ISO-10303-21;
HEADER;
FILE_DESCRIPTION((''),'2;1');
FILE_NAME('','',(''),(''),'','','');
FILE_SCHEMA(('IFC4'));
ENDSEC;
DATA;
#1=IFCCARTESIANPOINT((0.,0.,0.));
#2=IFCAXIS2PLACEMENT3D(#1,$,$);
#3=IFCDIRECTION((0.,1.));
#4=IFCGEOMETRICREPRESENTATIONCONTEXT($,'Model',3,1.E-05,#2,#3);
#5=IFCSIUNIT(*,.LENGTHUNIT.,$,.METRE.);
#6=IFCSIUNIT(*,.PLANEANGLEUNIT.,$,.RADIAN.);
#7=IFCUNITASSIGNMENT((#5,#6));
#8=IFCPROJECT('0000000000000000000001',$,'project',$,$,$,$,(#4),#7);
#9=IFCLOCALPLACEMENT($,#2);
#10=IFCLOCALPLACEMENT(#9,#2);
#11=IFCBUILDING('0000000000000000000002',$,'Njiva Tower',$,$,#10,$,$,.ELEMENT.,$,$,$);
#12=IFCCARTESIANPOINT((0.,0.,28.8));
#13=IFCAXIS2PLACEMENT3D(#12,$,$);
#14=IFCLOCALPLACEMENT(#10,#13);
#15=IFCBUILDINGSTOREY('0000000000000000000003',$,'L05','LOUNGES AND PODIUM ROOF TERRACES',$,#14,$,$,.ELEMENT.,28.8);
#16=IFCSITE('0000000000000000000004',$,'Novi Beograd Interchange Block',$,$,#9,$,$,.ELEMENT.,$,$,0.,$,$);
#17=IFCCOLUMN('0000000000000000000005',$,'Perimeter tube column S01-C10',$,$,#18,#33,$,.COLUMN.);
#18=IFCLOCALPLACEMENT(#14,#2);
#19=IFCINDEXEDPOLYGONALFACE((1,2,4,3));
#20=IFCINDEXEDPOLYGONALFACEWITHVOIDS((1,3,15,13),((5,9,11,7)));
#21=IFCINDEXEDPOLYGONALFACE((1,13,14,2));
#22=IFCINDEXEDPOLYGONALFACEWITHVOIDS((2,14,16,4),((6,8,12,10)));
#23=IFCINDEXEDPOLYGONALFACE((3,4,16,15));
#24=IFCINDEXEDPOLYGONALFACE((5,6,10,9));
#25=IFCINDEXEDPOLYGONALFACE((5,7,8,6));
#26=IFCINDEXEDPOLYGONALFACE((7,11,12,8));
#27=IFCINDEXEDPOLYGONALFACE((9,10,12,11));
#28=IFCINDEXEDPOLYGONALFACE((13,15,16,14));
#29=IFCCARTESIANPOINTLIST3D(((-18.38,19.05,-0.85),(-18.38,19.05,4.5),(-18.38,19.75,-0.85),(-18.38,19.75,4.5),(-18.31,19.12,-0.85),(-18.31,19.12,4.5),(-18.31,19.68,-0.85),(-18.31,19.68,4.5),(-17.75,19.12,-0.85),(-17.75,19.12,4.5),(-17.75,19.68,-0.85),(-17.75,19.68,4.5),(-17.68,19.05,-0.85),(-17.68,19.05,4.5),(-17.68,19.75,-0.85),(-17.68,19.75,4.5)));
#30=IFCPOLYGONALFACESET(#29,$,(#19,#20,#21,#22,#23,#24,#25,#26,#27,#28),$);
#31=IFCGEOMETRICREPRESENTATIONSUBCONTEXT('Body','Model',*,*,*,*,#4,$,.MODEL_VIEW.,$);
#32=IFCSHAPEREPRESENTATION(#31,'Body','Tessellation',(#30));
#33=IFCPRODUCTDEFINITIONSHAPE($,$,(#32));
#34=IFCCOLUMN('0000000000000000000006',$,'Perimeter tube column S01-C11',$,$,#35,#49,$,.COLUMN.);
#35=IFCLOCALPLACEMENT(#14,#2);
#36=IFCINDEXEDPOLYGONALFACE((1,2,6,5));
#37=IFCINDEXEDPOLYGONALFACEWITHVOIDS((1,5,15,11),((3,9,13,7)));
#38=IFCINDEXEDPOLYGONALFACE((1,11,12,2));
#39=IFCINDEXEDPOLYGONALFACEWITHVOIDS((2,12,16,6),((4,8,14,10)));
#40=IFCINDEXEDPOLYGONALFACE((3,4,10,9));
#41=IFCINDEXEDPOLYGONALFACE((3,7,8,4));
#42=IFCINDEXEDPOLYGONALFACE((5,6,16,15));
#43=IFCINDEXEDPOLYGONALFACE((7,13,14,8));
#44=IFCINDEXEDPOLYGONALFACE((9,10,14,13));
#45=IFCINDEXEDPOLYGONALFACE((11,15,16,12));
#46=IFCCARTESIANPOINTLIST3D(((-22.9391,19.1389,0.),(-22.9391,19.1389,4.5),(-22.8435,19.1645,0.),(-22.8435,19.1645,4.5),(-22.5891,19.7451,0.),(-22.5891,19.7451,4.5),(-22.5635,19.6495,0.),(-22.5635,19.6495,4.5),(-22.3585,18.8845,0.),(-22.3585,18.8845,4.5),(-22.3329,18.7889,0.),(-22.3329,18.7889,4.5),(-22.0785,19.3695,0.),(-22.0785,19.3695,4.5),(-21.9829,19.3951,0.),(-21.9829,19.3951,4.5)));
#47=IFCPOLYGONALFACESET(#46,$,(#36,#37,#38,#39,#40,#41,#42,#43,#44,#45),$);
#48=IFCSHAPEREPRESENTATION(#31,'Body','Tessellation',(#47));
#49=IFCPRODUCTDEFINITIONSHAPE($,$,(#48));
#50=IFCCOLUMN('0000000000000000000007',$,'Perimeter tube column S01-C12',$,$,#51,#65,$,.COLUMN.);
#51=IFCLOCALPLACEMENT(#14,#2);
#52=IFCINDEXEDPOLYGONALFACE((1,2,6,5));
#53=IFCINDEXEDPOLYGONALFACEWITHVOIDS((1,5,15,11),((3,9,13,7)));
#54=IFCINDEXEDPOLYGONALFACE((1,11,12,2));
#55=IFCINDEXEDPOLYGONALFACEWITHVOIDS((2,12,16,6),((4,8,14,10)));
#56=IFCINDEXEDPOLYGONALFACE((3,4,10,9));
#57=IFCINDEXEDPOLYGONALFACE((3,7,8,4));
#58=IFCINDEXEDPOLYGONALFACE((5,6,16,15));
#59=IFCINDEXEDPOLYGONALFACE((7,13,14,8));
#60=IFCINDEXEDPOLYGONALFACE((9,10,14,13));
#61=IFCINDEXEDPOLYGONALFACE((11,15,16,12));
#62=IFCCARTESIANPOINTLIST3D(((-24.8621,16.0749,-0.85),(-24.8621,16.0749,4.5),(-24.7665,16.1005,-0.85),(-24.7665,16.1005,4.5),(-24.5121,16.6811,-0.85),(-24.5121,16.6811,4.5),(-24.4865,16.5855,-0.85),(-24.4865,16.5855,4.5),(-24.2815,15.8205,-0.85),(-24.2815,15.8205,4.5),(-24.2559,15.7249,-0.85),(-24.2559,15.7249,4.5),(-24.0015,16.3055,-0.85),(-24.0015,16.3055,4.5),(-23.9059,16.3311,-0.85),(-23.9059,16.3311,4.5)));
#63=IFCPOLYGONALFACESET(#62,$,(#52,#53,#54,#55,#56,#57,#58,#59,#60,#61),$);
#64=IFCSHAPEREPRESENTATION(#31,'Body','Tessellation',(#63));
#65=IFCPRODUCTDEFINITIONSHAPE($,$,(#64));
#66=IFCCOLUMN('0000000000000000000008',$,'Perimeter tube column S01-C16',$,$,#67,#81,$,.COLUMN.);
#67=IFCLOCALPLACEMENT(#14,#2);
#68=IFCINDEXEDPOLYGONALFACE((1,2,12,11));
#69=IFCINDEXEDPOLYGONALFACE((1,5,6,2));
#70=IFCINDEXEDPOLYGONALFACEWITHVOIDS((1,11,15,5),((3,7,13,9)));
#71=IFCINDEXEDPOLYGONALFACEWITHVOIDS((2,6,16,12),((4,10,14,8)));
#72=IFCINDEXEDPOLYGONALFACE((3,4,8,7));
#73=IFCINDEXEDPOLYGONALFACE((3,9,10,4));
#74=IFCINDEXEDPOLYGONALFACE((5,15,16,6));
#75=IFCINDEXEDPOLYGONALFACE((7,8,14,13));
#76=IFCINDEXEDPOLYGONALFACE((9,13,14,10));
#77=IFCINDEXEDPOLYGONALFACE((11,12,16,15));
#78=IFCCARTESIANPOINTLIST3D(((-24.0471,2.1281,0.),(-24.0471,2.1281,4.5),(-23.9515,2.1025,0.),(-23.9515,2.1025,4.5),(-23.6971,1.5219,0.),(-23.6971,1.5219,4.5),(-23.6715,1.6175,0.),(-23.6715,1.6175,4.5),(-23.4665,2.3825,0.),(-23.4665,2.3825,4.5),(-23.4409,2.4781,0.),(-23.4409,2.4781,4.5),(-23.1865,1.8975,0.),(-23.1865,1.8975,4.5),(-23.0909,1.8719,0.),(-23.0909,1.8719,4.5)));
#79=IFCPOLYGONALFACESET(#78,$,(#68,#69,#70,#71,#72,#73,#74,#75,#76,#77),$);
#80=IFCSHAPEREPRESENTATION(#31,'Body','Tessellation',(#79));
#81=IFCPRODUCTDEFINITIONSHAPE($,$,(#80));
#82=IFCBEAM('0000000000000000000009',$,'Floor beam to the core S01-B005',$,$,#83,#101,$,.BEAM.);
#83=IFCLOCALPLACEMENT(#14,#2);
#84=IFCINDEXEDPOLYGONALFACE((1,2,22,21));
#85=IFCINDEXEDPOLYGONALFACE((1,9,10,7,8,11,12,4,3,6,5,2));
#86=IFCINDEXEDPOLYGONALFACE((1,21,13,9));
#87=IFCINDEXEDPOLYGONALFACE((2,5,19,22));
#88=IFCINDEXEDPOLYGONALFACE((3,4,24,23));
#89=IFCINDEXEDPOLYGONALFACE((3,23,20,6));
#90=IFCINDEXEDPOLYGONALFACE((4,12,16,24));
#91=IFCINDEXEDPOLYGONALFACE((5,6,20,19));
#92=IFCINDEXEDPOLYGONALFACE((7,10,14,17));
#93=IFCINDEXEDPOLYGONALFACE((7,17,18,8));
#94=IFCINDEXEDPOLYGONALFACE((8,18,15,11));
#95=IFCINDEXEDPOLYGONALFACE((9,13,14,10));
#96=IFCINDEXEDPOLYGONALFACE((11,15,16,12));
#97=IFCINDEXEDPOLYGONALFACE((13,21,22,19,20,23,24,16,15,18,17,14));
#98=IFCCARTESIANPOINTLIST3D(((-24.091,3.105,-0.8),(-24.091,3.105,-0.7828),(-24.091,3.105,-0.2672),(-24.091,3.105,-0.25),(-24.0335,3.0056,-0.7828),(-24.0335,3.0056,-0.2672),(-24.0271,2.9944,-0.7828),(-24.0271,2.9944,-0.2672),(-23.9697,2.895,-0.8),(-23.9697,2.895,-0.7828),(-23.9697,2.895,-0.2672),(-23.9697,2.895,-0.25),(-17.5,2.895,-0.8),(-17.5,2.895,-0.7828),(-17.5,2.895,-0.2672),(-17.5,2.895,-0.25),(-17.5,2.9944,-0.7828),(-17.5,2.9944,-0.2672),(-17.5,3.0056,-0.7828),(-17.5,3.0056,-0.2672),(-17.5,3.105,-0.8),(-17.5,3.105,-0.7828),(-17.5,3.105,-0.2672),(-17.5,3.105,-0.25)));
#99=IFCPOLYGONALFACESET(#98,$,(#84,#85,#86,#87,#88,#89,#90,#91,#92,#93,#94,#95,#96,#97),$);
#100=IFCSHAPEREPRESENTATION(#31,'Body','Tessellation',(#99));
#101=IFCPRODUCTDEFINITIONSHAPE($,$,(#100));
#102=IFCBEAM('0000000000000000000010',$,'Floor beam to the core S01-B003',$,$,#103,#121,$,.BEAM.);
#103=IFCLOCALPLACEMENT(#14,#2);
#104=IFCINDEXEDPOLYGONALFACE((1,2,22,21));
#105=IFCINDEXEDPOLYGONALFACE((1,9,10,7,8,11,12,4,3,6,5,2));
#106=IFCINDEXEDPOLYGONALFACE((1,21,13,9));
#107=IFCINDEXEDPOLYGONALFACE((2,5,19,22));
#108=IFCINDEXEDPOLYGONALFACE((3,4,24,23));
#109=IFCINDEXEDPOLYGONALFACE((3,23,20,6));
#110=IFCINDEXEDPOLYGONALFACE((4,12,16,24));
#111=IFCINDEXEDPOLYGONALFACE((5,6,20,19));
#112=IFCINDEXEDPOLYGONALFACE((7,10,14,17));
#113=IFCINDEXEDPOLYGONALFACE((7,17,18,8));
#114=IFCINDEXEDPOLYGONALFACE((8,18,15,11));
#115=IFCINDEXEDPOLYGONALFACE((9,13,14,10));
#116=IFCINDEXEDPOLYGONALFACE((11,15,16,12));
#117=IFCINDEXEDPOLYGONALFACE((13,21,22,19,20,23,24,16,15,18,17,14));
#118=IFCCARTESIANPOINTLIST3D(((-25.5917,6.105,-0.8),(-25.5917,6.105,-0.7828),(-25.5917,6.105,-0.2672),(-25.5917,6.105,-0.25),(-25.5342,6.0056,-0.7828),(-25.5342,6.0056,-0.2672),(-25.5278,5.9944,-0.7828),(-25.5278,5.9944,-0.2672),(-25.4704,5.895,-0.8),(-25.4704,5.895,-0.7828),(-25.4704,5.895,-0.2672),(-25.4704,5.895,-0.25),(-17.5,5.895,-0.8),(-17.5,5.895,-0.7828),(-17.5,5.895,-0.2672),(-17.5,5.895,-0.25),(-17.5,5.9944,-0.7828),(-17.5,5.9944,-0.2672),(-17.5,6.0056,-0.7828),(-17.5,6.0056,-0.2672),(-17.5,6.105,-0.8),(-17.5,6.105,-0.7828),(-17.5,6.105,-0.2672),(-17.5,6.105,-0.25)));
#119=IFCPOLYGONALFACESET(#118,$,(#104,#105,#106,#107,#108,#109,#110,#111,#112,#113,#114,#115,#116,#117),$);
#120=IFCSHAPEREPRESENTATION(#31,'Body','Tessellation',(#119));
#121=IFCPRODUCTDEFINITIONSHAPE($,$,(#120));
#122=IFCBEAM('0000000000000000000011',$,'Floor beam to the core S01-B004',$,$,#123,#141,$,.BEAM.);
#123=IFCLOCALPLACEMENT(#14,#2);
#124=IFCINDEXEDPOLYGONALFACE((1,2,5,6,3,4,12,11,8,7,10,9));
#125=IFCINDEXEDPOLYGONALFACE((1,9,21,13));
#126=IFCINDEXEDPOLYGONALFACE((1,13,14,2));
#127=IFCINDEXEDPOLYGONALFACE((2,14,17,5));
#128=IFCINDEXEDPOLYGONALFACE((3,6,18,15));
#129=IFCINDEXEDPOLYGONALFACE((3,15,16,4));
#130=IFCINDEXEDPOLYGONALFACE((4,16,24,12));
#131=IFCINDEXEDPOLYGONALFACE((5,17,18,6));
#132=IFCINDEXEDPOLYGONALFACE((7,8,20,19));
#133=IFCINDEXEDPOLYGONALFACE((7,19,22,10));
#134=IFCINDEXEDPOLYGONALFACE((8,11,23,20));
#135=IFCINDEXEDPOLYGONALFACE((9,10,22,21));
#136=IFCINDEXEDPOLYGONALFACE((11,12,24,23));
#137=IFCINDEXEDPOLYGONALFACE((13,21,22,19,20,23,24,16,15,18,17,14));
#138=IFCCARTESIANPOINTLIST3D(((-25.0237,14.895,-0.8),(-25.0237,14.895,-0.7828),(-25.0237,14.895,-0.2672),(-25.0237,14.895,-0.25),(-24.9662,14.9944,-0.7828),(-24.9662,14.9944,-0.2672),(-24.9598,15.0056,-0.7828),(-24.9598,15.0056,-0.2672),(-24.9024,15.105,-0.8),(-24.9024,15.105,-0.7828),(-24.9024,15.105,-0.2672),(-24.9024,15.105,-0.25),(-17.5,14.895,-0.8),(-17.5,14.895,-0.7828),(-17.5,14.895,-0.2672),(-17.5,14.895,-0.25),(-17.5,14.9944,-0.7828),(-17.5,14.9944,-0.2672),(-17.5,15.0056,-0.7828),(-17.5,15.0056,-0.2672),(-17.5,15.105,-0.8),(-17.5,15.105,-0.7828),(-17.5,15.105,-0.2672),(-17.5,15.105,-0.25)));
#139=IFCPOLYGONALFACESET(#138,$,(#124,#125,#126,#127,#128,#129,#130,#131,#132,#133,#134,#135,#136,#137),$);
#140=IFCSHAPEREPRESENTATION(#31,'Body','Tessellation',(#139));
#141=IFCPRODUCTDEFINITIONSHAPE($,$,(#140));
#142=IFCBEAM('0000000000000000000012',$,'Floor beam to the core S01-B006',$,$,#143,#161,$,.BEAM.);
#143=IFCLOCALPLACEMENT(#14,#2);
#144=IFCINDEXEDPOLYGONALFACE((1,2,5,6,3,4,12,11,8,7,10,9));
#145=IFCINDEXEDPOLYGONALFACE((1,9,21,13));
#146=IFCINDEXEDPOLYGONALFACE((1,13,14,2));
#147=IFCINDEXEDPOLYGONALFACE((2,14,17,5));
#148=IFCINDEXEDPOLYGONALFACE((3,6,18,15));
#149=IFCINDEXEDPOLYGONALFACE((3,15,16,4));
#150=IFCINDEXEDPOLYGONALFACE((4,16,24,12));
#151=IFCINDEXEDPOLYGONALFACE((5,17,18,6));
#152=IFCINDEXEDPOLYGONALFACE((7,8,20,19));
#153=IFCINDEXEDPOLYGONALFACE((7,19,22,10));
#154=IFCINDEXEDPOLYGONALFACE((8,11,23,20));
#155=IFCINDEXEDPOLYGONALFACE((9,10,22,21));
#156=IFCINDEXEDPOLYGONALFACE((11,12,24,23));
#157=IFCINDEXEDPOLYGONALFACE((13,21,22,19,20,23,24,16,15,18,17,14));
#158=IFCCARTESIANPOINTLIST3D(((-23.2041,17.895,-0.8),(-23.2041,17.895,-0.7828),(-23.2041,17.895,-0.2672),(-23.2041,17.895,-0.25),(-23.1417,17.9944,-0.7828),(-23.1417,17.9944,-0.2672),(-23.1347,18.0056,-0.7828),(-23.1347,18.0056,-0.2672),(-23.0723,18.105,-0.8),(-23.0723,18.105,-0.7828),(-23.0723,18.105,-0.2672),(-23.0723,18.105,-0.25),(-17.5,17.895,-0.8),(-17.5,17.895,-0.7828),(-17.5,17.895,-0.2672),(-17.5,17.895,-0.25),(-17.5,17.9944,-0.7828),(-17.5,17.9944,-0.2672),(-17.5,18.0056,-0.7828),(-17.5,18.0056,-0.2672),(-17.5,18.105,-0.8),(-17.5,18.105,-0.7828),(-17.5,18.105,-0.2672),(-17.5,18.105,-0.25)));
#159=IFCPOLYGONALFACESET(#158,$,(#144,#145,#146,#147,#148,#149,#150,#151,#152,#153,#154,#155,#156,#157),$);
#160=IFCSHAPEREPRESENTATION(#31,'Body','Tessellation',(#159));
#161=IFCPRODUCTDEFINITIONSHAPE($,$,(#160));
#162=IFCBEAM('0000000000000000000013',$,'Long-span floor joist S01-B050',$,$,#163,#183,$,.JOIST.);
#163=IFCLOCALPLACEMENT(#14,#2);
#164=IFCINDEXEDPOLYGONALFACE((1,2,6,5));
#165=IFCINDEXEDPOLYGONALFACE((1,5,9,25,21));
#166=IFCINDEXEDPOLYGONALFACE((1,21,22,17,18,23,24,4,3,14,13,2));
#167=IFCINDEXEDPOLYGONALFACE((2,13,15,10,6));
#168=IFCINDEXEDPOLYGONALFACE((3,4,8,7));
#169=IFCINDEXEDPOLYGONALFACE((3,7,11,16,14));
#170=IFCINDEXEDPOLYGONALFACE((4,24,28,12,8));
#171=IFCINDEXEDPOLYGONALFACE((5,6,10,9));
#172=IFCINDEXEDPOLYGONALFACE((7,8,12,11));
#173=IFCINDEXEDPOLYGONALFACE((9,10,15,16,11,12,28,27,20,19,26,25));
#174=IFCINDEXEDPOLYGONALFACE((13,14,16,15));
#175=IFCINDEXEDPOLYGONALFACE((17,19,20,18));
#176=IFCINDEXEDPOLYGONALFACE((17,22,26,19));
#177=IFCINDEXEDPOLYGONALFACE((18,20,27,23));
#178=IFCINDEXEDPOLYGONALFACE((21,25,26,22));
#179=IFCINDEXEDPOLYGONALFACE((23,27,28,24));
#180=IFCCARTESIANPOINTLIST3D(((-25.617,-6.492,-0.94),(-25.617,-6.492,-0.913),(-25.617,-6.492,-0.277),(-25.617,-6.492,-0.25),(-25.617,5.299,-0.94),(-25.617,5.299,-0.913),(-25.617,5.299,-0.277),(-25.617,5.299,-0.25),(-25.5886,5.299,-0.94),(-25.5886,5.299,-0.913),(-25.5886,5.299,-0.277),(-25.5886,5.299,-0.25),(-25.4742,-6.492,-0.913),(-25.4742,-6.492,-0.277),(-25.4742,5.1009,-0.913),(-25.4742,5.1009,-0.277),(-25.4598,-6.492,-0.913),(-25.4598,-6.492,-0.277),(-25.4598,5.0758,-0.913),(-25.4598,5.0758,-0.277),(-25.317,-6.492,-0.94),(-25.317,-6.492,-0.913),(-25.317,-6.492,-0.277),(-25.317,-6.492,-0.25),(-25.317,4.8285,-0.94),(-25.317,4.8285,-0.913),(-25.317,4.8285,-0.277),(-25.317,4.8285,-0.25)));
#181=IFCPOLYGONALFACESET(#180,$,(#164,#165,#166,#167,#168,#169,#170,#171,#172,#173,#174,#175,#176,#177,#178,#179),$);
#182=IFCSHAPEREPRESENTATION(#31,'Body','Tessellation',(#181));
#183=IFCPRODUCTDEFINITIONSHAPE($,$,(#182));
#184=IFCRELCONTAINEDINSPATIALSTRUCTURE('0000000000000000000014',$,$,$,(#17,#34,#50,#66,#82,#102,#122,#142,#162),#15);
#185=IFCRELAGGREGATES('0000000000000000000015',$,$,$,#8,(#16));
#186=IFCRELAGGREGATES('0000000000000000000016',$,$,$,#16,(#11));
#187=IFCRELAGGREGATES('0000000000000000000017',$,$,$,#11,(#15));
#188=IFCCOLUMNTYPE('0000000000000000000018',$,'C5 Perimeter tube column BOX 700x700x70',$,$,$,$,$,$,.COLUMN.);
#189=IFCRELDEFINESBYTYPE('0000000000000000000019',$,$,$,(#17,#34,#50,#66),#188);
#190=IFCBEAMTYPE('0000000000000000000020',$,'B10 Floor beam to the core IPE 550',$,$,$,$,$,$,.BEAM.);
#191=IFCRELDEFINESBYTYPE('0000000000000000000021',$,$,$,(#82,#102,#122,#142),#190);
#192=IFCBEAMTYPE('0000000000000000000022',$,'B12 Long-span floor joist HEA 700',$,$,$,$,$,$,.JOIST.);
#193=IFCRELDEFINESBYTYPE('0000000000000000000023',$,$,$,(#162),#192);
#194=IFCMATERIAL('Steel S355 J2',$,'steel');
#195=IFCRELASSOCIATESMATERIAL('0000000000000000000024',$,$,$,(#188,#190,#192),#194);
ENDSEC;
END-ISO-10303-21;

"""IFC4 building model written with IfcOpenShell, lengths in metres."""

from ifc_helpers import new_model, si_unit, direction, frame, origin, origin_2d, place, context, subcontext, project, spatial, hollow_rectangle, i_section, extrude, clip, halfspace, material, material_profile, profile_set, type_object, element, save


model = new_model("IFC4")

# Units and contexts
model_context = context("Model", 3, precision=1e-05, world=origin(), true_north=direction((0.0, 1.0)))
body_context = subcontext(model_context, "Body", "Model", "MODEL_VIEW")
ifc_project = project(units=[si_unit("LENGTHUNIT", "METRE"), si_unit("PLANEANGLEUNIT", "RADIAN")], contexts=[model_context])

# Site, building, storey
site_placement = place(None, origin())
site = spatial("IfcSite", under=ifc_project, at=site_placement, Name="Novi Beograd Interchange Block", CompositionType="ELEMENT", RefElevation=0.0)
building_placement = place(site_placement, origin())
building = spatial("IfcBuilding", under=site, at=building_placement, Name="Njiva Tower", CompositionType="ELEMENT")
storey_placement = place(building_placement, frame((0.0, 0.0, 28.8)))
storey = spatial("IfcBuildingStorey", under=building, at=storey_placement, Name="L05", Description="LOUNGES AND PODIUM ROOF TERRACES", CompositionType="ELEMENT", Elevation=28.8)

# Columns
ifc_material_1 = material(Name="Steel S355 J2", Category="steel")
ifc_material_profile_1 = material_profile(ifc_material_1, hollow_rectangle(XDim=0.7, YDim=0.7, WallThickness=0.07, at=origin_2d()), Name="BOX 700x700x70")
ifc_profile_set_1 = profile_set([ifc_material_profile_1], Name="Steel S355 J2")
column_type = type_object("IfcColumnType", Name="C5 Perimeter tube column BOX 700x700x70", PredefinedType="COLUMN", material=ifc_profile_set_1)
column_1_placement = place(storey_placement, frame((-18.03, 19.4, -0.85), z_axis=(0.0, 0.0, 1.0), x_axis=(-1.0, 0.0, 0.0)))
element("IfcColumn", 1, at=column_1_placement, inside=storey, type_object=column_type, Name="Perimeter tube column S01-C10", PredefinedType="COLUMN", context=body_context, shape_type="SweptSolid", body=[
    extrude(hollow_rectangle(XDim=0.7, YDim=0.7, WallThickness=0.07, at=origin_2d()), origin(), (0.0, 0.0, 1.0), 5.35),
])
column_2_placement = place(storey_placement, frame((-22.461, 19.267, 0.0), z_axis=(0.0, 0.0, 1.0), x_axis=(-0.5, -0.866025, 0.0)))
element("IfcColumn", 2, at=column_2_placement, inside=storey, type_object=column_type, Name="Perimeter tube column S01-C11", PredefinedType="COLUMN", context=body_context, shape_type="SweptSolid", body=[
    extrude(hollow_rectangle(XDim=0.7, YDim=0.7, WallThickness=0.07, at=origin_2d()), origin(), (0.0, 0.0, 1.0), 4.5),
])
column_3_placement = place(storey_placement, frame((-24.384, 16.203, -0.85), z_axis=(0.0, 0.0, 1.0), x_axis=(-0.5, -0.866025, 0.0)))
element("IfcColumn", 3, at=column_3_placement, inside=storey, type_object=column_type, Name="Perimeter tube column S01-C12", PredefinedType="COLUMN", context=body_context, shape_type="SweptSolid", body=[
    extrude(hollow_rectangle(XDim=0.7, YDim=0.7, WallThickness=0.07, at=origin_2d()), origin(), (0.0, 0.0, 1.0), 5.35),
])
column_4_placement = place(storey_placement, frame((-23.569, 2.0, 0.0), z_axis=(0.0, 0.0, 1.0), x_axis=(0.5, -0.866025, 0.0)))
element("IfcColumn", 4, at=column_4_placement, inside=storey, type_object=column_type, Name="Perimeter tube column S01-C16", PredefinedType="COLUMN", context=body_context, shape_type="SweptSolid", body=[
    extrude(hollow_rectangle(XDim=0.7, YDim=0.7, WallThickness=0.07, at=origin_2d()), origin(), (0.0, 0.0, 1.0), 4.5),
])

# Beams
ifc_material_profile_2 = material_profile(ifc_material_1, i_section(OverallWidth=0.21, OverallDepth=0.55, WebThickness=0.0111, FlangeThickness=0.0172, at=origin_2d()), Name="IPE 550")
ifc_profile_set_2 = profile_set([ifc_material_profile_2], Name="Steel S355 J2")
beam_type_1 = type_object("IfcBeamType", Name="B10 Floor beam to the core IPE 550", PredefinedType="BEAM", material=ifc_profile_set_2)
beam_1_placement = place(storey_placement, frame((-24.111, 3.0, -0.525), z_axis=(1.0, 0.0, 0.0), x_axis=(0.0, 1.0, 0.0)))
element("IfcBeam", 5, at=beam_1_placement, inside=storey, type_object=beam_type_1, Name="Floor beam to the core S01-B005", PredefinedType="BEAM", context=body_context, shape_type="Clipping", body=[
    clip(extrude(i_section(OverallWidth=0.21, OverallDepth=0.55, WebThickness=0.0111, FlangeThickness=0.0172, at=origin_2d()), origin(), (0.0, 0.0, 1.0), 6.611), halfspace(frame((-0.025, 0.0, 0.0951), z_axis=(-0.499998, 0.0, -0.866027), x_axis=(0.0, -1.0, 0.0)), False)),
])
beam_2_placement = place(storey_placement, frame((-25.612, 6.0, -0.525), z_axis=(1.0, 0.0, 0.0), x_axis=(0.0, 1.0, 0.0)))
element("IfcBeam", 6, at=beam_2_placement, inside=storey, type_object=beam_type_1, Name="Floor beam to the core S01-B003", PredefinedType="BEAM", context=body_context, shape_type="Clipping", body=[
    clip(extrude(i_section(OverallWidth=0.21, OverallDepth=0.55, WebThickness=0.0111, FlangeThickness=0.0172, at=origin_2d()), origin(), (0.0, 0.0, 1.0), 8.112), halfspace(frame((-0.025, 0.0, 0.0954), z_axis=(-0.499998, 0.0, -0.866027), x_axis=(0.0, -1.0, 0.0)), False)),
])
beam_3_placement = place(storey_placement, frame((-25.044, 15.0, -0.525), z_axis=(1.0, 0.0, 0.0), x_axis=(0.0, 1.0, 0.0)))
element("IfcBeam", 7, at=beam_3_placement, inside=storey, type_object=beam_type_1, Name="Floor beam to the core S01-B004", PredefinedType="BEAM", context=body_context, shape_type="Clipping", body=[
    clip(extrude(i_section(OverallWidth=0.21, OverallDepth=0.55, WebThickness=0.0111, FlangeThickness=0.0172, at=origin_2d()), origin(), (0.0, 0.0, 1.0), 7.544), halfspace(frame((0.025, 0.0, 0.0954), z_axis=(0.499998, 0.0, -0.866027), x_axis=(0.0, -1.0, 0.0)), False)),
])
beam_4_placement = place(storey_placement, frame((-23.224, 18.0, -0.525), z_axis=(1.0, 0.0, 0.0), x_axis=(0.0, 1.0, 0.0)))
element("IfcBeam", 8, at=beam_4_placement, inside=storey, type_object=beam_type_1, Name="Floor beam to the core S01-B006", PredefinedType="BEAM", context=body_context, shape_type="Clipping", body=[
    clip(extrude(i_section(OverallWidth=0.21, OverallDepth=0.55, WebThickness=0.0111, FlangeThickness=0.0172, at=origin_2d()), origin(), (0.0, 0.0, 1.0), 5.724), halfspace(frame((0.0266, 0.0, 0.1025), z_axis=(0.53153, 0.0, -0.84704), x_axis=(0.0, -1.0, 0.0)), False)),
])
ifc_material_profile_3 = material_profile(ifc_material_1, i_section(OverallWidth=0.3, OverallDepth=0.69, WebThickness=0.0145, FlangeThickness=0.027, at=origin_2d()), Name="HEA 700")
ifc_profile_set_3 = profile_set([ifc_material_profile_3], Name="Steel S355 J2")
beam_type_2 = type_object("IfcBeamType", Name="B12 Long-span floor joist HEA 700", PredefinedType="JOIST", material=ifc_profile_set_3)
beam_5_placement = place(storey_placement, frame((-25.467, 5.299, -0.595), z_axis=(0.0, -1.0, 0.0), x_axis=(1.0, 0.0, 0.0)))
element("IfcBeam", 9, at=beam_5_placement, inside=storey, type_object=beam_type_2, Name="Long-span floor joist S01-B050", PredefinedType="JOIST", context=body_context, shape_type="Clipping", body=[
    clip(extrude(i_section(OverallWidth=0.3, OverallDepth=0.69, WebThickness=0.0145, FlangeThickness=0.027, at=origin_2d()), origin(), (0.0, 0.0, 1.0), 11.791), halfspace(frame((0.0436, 0.0, 0.2862), z_axis=(0.866027, 0.0, -0.499998), x_axis=(0.0, -1.0, 0.0)), False)),
])

save(model, "model.ifc")
